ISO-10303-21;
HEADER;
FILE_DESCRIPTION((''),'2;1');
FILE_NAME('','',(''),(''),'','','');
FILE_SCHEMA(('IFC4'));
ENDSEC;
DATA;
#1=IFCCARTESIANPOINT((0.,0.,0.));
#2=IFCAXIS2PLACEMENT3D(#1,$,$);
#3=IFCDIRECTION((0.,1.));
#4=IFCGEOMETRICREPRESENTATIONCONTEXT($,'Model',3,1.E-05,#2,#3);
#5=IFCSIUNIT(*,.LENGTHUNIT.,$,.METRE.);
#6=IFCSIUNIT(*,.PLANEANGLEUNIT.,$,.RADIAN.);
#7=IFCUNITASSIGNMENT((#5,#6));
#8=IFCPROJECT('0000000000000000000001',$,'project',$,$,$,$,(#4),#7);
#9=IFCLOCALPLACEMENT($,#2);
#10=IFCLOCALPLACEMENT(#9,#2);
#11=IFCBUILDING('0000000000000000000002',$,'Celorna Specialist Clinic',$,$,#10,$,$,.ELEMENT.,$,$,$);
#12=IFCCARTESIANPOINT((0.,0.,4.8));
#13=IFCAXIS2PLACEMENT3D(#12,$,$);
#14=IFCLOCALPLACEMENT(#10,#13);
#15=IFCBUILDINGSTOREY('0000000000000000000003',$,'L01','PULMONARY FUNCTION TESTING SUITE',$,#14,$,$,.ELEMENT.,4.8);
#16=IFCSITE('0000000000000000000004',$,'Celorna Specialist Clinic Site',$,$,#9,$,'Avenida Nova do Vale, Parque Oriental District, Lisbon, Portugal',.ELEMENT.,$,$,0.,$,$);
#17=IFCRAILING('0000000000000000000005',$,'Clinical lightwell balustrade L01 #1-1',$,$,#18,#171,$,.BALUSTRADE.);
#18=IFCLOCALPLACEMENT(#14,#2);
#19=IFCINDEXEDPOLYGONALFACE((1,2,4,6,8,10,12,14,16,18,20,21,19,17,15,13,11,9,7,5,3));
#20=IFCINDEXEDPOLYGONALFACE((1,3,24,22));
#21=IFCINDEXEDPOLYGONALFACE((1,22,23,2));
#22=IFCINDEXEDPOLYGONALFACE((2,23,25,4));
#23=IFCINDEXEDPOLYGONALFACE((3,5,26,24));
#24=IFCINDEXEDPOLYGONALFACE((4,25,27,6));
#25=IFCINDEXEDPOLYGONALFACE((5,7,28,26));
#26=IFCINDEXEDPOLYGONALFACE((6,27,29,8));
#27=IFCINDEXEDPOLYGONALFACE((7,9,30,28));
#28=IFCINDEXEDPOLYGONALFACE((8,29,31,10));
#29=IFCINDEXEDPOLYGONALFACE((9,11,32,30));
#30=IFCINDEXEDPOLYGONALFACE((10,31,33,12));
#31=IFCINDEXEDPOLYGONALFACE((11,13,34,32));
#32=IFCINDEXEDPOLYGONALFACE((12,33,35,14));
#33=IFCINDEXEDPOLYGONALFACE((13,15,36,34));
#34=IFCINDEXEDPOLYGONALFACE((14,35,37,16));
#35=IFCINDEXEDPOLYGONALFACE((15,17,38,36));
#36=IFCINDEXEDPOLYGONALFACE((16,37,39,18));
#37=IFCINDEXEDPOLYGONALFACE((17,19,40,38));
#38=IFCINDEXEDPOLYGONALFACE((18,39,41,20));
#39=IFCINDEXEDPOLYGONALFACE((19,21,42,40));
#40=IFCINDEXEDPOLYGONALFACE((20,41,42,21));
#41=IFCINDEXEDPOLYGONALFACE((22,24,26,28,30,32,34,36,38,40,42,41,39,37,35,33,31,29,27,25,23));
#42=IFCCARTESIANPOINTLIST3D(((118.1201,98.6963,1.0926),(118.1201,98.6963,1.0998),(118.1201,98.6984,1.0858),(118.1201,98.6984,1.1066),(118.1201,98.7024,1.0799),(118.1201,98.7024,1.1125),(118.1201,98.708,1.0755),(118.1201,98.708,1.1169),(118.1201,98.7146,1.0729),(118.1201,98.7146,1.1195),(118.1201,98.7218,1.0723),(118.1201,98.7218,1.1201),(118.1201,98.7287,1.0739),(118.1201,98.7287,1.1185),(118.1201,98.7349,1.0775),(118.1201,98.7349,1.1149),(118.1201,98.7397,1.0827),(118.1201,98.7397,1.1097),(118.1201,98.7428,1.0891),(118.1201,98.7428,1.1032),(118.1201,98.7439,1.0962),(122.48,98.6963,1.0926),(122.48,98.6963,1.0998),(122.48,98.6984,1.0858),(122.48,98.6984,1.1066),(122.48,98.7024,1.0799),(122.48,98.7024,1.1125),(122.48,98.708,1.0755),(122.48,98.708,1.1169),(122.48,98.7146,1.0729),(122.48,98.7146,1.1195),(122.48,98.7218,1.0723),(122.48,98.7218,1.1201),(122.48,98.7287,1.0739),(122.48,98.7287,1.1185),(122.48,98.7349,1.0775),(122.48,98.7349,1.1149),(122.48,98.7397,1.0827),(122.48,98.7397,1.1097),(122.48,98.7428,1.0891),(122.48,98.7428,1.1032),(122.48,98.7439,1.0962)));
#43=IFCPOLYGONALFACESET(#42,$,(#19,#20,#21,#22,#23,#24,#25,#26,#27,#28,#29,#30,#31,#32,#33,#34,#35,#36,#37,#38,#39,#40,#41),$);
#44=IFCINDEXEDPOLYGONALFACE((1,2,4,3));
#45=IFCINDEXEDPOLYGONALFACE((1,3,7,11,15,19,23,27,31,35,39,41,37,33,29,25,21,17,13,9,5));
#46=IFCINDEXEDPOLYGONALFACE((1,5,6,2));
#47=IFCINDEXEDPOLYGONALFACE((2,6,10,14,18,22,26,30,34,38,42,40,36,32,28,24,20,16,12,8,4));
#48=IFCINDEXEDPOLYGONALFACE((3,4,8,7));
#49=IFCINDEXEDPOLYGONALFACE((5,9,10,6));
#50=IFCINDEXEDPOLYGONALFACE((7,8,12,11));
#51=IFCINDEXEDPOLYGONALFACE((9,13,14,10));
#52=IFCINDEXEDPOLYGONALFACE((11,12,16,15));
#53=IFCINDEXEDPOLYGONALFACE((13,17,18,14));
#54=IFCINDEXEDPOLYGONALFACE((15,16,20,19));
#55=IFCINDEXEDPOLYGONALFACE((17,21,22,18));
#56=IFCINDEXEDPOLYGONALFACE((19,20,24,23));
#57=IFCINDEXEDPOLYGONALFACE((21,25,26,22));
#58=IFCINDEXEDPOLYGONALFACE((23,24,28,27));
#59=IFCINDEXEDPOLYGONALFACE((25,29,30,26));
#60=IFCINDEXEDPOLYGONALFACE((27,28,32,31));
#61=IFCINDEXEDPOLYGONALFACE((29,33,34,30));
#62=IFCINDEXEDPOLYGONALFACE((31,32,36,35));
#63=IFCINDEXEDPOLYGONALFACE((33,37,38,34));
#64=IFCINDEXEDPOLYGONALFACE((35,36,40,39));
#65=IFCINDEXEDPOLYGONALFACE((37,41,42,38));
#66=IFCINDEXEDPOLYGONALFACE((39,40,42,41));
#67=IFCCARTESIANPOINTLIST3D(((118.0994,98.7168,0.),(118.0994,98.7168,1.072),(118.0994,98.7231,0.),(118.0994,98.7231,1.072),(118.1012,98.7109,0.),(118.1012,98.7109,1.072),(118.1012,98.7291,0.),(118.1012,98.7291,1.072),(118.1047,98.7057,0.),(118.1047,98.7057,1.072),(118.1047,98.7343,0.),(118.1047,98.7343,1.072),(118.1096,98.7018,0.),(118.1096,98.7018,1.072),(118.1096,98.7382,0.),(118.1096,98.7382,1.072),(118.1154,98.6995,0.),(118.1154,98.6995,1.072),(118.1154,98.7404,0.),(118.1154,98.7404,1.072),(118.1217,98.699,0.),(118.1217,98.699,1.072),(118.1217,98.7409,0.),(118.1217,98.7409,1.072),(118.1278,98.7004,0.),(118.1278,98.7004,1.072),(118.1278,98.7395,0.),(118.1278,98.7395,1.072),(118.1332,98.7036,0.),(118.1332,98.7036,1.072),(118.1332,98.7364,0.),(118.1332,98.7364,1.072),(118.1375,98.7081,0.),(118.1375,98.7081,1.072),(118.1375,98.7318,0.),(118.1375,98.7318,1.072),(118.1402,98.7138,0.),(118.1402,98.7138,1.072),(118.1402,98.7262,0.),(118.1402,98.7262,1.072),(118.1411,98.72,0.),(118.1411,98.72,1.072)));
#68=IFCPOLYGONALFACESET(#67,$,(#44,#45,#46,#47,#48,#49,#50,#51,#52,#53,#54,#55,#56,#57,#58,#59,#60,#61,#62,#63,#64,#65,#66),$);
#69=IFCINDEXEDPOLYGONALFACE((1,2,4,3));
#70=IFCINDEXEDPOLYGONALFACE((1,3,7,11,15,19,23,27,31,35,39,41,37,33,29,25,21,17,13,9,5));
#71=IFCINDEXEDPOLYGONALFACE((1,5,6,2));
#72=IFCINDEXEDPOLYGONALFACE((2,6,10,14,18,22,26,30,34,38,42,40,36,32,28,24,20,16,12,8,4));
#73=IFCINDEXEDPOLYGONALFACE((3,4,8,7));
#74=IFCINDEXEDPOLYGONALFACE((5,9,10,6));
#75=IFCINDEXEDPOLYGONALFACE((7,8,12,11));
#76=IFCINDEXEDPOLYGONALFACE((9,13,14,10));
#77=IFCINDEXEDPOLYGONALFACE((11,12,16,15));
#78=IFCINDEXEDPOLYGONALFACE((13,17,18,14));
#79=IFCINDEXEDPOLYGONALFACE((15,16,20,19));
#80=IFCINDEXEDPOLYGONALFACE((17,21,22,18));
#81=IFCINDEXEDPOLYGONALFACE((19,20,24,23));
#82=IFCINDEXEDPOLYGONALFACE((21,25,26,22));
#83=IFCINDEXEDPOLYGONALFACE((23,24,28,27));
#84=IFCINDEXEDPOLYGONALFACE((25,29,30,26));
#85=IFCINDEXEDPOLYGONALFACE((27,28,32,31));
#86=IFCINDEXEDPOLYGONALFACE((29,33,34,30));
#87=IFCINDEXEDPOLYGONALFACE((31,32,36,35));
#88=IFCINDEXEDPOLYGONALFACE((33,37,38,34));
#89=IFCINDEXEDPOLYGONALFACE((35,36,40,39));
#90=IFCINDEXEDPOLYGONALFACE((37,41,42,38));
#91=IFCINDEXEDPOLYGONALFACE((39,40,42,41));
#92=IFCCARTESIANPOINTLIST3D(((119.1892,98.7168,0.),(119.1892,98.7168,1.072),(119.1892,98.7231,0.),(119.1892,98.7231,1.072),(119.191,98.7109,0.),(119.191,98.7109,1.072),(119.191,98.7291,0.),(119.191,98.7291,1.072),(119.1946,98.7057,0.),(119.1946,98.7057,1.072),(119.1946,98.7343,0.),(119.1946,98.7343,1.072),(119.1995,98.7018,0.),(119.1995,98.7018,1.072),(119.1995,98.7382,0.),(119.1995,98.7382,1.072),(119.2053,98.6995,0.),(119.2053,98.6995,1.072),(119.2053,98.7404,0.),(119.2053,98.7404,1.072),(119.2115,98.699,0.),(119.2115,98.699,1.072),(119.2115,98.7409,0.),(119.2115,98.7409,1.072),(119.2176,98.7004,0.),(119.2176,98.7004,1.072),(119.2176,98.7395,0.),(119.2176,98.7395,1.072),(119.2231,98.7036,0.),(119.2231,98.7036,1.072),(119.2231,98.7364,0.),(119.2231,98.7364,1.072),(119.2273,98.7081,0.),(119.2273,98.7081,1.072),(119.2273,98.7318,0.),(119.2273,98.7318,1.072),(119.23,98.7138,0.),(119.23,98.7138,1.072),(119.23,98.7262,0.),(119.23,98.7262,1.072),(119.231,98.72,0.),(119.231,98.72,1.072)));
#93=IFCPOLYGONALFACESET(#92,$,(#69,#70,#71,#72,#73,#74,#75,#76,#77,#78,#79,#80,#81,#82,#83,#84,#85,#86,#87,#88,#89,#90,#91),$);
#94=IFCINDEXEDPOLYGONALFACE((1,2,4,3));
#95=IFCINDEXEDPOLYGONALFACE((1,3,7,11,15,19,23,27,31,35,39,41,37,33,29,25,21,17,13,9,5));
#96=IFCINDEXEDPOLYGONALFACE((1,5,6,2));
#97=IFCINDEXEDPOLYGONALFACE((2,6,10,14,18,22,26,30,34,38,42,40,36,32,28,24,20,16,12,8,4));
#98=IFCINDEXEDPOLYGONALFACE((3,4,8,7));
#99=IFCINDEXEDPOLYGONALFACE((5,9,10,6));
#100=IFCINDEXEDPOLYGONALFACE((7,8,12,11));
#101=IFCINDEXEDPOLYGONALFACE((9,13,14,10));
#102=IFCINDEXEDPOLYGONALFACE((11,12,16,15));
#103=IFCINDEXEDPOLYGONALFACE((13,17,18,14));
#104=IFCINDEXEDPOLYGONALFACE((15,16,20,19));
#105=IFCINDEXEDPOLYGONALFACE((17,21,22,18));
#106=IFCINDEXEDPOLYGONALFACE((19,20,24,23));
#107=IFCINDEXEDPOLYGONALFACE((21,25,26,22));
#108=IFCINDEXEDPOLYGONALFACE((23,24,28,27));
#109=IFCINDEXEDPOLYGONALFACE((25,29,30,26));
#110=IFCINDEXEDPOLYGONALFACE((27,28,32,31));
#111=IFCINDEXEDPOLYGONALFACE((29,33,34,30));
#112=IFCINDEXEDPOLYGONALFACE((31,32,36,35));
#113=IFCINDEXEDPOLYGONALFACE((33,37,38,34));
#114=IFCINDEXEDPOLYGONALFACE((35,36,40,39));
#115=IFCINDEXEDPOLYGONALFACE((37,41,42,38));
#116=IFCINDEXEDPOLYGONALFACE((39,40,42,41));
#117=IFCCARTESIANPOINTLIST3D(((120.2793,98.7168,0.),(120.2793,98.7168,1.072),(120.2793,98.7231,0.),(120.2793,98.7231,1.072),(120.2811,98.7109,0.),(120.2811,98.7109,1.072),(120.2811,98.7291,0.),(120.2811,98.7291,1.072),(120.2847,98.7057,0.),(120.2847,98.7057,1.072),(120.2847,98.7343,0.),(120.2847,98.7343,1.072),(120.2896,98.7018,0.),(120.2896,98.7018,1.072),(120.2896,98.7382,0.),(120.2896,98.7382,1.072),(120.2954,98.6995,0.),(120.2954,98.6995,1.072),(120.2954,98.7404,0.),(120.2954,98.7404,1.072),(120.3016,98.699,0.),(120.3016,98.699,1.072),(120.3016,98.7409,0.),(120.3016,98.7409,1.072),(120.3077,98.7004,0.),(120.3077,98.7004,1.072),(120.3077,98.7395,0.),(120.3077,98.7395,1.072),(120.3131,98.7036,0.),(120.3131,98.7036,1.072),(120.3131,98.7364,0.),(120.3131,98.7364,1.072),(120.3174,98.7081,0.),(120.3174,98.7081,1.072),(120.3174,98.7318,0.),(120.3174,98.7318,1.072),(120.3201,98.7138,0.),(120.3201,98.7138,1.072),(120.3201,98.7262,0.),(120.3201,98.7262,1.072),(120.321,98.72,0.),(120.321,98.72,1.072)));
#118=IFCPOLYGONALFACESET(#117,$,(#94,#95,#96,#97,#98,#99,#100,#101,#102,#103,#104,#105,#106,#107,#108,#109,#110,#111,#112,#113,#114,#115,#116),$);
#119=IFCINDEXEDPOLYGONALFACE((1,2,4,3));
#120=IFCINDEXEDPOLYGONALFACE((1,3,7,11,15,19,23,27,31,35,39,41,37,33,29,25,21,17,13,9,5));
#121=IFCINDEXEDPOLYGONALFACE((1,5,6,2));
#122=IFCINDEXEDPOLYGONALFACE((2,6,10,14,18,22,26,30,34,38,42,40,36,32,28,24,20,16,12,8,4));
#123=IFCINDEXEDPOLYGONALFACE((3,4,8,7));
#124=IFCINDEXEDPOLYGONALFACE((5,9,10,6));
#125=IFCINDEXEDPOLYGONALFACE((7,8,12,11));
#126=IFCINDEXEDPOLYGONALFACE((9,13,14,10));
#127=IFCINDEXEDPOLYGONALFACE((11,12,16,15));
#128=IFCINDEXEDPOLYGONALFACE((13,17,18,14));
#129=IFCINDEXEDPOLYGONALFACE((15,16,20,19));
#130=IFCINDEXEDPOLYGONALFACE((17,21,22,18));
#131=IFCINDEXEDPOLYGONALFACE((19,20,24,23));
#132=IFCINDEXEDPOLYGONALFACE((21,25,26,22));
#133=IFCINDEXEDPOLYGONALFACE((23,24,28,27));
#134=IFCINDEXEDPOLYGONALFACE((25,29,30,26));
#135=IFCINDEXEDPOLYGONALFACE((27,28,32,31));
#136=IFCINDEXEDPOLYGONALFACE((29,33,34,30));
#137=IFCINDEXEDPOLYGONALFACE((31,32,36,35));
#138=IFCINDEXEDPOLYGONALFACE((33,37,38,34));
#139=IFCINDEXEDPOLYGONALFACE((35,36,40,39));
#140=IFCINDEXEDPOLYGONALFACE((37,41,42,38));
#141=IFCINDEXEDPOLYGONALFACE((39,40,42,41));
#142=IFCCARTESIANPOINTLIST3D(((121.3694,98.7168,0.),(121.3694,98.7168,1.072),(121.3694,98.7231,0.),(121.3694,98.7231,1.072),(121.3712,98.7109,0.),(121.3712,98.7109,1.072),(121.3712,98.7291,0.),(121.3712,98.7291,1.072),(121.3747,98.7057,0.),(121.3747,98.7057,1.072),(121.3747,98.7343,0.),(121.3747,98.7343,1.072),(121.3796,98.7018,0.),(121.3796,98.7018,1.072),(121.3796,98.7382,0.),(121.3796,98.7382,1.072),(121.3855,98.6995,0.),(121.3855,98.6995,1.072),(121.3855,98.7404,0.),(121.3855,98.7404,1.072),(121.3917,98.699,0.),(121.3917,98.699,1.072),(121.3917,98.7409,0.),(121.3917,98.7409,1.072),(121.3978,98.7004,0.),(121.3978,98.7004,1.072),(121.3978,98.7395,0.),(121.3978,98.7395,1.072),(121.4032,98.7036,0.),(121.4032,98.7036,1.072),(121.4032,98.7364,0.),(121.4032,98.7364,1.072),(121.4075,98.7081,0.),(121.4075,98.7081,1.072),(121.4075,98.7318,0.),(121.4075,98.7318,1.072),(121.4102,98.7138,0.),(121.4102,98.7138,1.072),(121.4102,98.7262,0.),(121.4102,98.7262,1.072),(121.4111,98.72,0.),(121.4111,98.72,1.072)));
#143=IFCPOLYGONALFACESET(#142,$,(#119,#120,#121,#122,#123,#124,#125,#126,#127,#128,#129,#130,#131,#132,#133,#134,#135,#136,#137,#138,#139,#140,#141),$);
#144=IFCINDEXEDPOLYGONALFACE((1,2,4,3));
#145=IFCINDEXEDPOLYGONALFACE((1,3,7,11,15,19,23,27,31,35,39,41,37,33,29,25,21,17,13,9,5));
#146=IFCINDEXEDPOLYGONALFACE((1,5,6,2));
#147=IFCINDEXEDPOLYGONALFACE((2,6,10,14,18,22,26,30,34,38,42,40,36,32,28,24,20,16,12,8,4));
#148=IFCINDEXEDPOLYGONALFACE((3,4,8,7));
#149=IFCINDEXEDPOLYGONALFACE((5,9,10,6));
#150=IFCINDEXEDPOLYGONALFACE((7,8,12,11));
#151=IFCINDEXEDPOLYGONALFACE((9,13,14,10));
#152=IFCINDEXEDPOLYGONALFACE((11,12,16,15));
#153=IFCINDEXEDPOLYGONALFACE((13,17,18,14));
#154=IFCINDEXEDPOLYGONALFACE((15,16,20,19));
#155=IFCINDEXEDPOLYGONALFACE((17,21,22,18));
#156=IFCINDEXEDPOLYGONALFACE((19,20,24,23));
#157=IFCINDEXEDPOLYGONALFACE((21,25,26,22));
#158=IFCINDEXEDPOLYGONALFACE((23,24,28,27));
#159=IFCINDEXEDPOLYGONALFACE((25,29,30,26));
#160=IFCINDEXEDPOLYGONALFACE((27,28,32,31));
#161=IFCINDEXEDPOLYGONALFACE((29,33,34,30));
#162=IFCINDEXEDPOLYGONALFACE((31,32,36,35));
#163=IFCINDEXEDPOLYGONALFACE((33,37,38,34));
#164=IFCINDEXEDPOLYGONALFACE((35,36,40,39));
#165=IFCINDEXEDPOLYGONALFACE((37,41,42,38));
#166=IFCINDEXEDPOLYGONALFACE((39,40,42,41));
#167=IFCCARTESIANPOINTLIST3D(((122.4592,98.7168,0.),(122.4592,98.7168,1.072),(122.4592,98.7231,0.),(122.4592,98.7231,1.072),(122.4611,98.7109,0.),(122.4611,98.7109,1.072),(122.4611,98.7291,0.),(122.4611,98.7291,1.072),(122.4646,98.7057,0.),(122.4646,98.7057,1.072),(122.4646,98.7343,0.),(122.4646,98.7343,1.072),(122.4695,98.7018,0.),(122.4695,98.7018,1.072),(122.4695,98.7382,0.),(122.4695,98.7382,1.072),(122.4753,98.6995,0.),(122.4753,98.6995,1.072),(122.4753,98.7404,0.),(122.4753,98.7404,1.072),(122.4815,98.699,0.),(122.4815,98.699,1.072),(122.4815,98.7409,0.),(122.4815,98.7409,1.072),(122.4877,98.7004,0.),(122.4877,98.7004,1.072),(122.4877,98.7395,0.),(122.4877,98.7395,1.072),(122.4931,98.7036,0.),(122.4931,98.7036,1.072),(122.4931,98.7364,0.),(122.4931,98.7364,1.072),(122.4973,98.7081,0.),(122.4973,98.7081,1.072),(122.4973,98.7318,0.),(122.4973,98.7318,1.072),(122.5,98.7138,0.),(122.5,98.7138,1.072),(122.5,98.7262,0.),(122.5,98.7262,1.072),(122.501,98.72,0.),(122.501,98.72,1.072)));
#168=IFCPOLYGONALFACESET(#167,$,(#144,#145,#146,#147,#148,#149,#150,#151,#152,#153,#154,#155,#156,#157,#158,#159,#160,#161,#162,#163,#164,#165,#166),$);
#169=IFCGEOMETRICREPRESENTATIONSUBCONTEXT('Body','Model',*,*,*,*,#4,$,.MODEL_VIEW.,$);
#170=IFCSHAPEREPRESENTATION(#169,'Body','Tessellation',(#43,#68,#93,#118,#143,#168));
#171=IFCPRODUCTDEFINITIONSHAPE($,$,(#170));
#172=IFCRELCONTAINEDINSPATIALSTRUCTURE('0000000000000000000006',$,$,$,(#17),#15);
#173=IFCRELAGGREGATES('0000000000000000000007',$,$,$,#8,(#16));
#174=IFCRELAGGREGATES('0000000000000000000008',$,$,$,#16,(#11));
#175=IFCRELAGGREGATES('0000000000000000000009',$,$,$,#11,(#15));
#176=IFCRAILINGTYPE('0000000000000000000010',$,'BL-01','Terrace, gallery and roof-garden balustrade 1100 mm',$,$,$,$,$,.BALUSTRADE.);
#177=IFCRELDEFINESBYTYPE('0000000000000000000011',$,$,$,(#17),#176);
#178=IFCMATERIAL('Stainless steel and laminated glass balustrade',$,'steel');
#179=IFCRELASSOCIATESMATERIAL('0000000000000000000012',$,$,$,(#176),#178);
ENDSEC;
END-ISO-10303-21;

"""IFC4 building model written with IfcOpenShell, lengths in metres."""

from ifc_helpers import new_model, si_unit, direction, frame, origin, origin_2d, place, context, subcontext, project, spatial, circle, extrude, material, type_object, element, save


model = new_model("IFC4")

# Units and contexts
model_context = context("Model", 3, precision=1e-05, world=origin(), true_north=direction((0.0, 1.0)))
body_context = subcontext(model_context, "Body", "Model", "MODEL_VIEW")
ifc_project = project(units=[si_unit("LENGTHUNIT", "METRE"), si_unit("PLANEANGLEUNIT", "RADIAN")], contexts=[model_context])

# Site, building, storey
site_placement = place(None, origin())
site = spatial("IfcSite", under=ifc_project, at=site_placement, Name="Celorna Specialist Clinic Site", LongName="Avenida Nova do Vale, Parque Oriental District, Lisbon, Portugal", CompositionType="ELEMENT", RefElevation=0.0)
building_placement = place(site_placement, origin())
building = spatial("IfcBuilding", under=site, at=building_placement, Name="Celorna Specialist Clinic", CompositionType="ELEMENT")
storey_placement = place(building_placement, frame((0.0, 0.0, 4.8)))
storey = spatial("IfcBuildingStorey", under=building, at=storey_placement, Name="L01", Description="PULMONARY FUNCTION TESTING SUITE", CompositionType="ELEMENT", Elevation=4.8)

# Railing
ifc_material_1 = material(Name="Stainless steel and laminated glass balustrade", Category="steel")
railing_type = type_object("IfcRailingType", Name="BL-01", Description="Terrace, gallery and roof-garden balustrade 1100 mm", PredefinedType="BALUSTRADE", material=ifc_material_1)
railing_1_placement = place(storey_placement, frame((118.1201, 98.72, 0.0)))
element("IfcRailing", 1, at=railing_1_placement, inside=storey, type_object=railing_type, Name="Clinical lightwell balustrade L01 #1-1", PredefinedType="BALUSTRADE", context=body_context, shape_type="SweptSolid", body=[
    extrude(circle(Radius=0.0239, at=origin_2d()), frame((0.0, 0.0, 1.0962), z_axis=(1.0, 0.0, 0.0), x_axis=(0.0, 1.0, 0.0)), (0.0, 0.0, 1.0), 4.3599),
    extrude(circle(Radius=0.021, at=origin_2d()), origin(), (0.0, 0.0, 1.0), 1.072),
    extrude(circle(Radius=0.021, at=origin_2d()), frame((1.0898, 0.0, 0.0)), (0.0, 0.0, 1.0), 1.072),
    extrude(circle(Radius=0.021, at=origin_2d()), frame((2.1799, 0.0, 0.0)), (0.0, 0.0, 1.0), 1.072),
    extrude(circle(Radius=0.021, at=origin_2d()), frame((3.27, 0.0, 0.0)), (0.0, 0.0, 1.0), 1.072),
    extrude(circle(Radius=0.021, at=origin_2d()), frame((4.3599, 0.0, 0.0)), (0.0, 0.0, 1.0), 1.072),
])

save(model, "model.ifc")
